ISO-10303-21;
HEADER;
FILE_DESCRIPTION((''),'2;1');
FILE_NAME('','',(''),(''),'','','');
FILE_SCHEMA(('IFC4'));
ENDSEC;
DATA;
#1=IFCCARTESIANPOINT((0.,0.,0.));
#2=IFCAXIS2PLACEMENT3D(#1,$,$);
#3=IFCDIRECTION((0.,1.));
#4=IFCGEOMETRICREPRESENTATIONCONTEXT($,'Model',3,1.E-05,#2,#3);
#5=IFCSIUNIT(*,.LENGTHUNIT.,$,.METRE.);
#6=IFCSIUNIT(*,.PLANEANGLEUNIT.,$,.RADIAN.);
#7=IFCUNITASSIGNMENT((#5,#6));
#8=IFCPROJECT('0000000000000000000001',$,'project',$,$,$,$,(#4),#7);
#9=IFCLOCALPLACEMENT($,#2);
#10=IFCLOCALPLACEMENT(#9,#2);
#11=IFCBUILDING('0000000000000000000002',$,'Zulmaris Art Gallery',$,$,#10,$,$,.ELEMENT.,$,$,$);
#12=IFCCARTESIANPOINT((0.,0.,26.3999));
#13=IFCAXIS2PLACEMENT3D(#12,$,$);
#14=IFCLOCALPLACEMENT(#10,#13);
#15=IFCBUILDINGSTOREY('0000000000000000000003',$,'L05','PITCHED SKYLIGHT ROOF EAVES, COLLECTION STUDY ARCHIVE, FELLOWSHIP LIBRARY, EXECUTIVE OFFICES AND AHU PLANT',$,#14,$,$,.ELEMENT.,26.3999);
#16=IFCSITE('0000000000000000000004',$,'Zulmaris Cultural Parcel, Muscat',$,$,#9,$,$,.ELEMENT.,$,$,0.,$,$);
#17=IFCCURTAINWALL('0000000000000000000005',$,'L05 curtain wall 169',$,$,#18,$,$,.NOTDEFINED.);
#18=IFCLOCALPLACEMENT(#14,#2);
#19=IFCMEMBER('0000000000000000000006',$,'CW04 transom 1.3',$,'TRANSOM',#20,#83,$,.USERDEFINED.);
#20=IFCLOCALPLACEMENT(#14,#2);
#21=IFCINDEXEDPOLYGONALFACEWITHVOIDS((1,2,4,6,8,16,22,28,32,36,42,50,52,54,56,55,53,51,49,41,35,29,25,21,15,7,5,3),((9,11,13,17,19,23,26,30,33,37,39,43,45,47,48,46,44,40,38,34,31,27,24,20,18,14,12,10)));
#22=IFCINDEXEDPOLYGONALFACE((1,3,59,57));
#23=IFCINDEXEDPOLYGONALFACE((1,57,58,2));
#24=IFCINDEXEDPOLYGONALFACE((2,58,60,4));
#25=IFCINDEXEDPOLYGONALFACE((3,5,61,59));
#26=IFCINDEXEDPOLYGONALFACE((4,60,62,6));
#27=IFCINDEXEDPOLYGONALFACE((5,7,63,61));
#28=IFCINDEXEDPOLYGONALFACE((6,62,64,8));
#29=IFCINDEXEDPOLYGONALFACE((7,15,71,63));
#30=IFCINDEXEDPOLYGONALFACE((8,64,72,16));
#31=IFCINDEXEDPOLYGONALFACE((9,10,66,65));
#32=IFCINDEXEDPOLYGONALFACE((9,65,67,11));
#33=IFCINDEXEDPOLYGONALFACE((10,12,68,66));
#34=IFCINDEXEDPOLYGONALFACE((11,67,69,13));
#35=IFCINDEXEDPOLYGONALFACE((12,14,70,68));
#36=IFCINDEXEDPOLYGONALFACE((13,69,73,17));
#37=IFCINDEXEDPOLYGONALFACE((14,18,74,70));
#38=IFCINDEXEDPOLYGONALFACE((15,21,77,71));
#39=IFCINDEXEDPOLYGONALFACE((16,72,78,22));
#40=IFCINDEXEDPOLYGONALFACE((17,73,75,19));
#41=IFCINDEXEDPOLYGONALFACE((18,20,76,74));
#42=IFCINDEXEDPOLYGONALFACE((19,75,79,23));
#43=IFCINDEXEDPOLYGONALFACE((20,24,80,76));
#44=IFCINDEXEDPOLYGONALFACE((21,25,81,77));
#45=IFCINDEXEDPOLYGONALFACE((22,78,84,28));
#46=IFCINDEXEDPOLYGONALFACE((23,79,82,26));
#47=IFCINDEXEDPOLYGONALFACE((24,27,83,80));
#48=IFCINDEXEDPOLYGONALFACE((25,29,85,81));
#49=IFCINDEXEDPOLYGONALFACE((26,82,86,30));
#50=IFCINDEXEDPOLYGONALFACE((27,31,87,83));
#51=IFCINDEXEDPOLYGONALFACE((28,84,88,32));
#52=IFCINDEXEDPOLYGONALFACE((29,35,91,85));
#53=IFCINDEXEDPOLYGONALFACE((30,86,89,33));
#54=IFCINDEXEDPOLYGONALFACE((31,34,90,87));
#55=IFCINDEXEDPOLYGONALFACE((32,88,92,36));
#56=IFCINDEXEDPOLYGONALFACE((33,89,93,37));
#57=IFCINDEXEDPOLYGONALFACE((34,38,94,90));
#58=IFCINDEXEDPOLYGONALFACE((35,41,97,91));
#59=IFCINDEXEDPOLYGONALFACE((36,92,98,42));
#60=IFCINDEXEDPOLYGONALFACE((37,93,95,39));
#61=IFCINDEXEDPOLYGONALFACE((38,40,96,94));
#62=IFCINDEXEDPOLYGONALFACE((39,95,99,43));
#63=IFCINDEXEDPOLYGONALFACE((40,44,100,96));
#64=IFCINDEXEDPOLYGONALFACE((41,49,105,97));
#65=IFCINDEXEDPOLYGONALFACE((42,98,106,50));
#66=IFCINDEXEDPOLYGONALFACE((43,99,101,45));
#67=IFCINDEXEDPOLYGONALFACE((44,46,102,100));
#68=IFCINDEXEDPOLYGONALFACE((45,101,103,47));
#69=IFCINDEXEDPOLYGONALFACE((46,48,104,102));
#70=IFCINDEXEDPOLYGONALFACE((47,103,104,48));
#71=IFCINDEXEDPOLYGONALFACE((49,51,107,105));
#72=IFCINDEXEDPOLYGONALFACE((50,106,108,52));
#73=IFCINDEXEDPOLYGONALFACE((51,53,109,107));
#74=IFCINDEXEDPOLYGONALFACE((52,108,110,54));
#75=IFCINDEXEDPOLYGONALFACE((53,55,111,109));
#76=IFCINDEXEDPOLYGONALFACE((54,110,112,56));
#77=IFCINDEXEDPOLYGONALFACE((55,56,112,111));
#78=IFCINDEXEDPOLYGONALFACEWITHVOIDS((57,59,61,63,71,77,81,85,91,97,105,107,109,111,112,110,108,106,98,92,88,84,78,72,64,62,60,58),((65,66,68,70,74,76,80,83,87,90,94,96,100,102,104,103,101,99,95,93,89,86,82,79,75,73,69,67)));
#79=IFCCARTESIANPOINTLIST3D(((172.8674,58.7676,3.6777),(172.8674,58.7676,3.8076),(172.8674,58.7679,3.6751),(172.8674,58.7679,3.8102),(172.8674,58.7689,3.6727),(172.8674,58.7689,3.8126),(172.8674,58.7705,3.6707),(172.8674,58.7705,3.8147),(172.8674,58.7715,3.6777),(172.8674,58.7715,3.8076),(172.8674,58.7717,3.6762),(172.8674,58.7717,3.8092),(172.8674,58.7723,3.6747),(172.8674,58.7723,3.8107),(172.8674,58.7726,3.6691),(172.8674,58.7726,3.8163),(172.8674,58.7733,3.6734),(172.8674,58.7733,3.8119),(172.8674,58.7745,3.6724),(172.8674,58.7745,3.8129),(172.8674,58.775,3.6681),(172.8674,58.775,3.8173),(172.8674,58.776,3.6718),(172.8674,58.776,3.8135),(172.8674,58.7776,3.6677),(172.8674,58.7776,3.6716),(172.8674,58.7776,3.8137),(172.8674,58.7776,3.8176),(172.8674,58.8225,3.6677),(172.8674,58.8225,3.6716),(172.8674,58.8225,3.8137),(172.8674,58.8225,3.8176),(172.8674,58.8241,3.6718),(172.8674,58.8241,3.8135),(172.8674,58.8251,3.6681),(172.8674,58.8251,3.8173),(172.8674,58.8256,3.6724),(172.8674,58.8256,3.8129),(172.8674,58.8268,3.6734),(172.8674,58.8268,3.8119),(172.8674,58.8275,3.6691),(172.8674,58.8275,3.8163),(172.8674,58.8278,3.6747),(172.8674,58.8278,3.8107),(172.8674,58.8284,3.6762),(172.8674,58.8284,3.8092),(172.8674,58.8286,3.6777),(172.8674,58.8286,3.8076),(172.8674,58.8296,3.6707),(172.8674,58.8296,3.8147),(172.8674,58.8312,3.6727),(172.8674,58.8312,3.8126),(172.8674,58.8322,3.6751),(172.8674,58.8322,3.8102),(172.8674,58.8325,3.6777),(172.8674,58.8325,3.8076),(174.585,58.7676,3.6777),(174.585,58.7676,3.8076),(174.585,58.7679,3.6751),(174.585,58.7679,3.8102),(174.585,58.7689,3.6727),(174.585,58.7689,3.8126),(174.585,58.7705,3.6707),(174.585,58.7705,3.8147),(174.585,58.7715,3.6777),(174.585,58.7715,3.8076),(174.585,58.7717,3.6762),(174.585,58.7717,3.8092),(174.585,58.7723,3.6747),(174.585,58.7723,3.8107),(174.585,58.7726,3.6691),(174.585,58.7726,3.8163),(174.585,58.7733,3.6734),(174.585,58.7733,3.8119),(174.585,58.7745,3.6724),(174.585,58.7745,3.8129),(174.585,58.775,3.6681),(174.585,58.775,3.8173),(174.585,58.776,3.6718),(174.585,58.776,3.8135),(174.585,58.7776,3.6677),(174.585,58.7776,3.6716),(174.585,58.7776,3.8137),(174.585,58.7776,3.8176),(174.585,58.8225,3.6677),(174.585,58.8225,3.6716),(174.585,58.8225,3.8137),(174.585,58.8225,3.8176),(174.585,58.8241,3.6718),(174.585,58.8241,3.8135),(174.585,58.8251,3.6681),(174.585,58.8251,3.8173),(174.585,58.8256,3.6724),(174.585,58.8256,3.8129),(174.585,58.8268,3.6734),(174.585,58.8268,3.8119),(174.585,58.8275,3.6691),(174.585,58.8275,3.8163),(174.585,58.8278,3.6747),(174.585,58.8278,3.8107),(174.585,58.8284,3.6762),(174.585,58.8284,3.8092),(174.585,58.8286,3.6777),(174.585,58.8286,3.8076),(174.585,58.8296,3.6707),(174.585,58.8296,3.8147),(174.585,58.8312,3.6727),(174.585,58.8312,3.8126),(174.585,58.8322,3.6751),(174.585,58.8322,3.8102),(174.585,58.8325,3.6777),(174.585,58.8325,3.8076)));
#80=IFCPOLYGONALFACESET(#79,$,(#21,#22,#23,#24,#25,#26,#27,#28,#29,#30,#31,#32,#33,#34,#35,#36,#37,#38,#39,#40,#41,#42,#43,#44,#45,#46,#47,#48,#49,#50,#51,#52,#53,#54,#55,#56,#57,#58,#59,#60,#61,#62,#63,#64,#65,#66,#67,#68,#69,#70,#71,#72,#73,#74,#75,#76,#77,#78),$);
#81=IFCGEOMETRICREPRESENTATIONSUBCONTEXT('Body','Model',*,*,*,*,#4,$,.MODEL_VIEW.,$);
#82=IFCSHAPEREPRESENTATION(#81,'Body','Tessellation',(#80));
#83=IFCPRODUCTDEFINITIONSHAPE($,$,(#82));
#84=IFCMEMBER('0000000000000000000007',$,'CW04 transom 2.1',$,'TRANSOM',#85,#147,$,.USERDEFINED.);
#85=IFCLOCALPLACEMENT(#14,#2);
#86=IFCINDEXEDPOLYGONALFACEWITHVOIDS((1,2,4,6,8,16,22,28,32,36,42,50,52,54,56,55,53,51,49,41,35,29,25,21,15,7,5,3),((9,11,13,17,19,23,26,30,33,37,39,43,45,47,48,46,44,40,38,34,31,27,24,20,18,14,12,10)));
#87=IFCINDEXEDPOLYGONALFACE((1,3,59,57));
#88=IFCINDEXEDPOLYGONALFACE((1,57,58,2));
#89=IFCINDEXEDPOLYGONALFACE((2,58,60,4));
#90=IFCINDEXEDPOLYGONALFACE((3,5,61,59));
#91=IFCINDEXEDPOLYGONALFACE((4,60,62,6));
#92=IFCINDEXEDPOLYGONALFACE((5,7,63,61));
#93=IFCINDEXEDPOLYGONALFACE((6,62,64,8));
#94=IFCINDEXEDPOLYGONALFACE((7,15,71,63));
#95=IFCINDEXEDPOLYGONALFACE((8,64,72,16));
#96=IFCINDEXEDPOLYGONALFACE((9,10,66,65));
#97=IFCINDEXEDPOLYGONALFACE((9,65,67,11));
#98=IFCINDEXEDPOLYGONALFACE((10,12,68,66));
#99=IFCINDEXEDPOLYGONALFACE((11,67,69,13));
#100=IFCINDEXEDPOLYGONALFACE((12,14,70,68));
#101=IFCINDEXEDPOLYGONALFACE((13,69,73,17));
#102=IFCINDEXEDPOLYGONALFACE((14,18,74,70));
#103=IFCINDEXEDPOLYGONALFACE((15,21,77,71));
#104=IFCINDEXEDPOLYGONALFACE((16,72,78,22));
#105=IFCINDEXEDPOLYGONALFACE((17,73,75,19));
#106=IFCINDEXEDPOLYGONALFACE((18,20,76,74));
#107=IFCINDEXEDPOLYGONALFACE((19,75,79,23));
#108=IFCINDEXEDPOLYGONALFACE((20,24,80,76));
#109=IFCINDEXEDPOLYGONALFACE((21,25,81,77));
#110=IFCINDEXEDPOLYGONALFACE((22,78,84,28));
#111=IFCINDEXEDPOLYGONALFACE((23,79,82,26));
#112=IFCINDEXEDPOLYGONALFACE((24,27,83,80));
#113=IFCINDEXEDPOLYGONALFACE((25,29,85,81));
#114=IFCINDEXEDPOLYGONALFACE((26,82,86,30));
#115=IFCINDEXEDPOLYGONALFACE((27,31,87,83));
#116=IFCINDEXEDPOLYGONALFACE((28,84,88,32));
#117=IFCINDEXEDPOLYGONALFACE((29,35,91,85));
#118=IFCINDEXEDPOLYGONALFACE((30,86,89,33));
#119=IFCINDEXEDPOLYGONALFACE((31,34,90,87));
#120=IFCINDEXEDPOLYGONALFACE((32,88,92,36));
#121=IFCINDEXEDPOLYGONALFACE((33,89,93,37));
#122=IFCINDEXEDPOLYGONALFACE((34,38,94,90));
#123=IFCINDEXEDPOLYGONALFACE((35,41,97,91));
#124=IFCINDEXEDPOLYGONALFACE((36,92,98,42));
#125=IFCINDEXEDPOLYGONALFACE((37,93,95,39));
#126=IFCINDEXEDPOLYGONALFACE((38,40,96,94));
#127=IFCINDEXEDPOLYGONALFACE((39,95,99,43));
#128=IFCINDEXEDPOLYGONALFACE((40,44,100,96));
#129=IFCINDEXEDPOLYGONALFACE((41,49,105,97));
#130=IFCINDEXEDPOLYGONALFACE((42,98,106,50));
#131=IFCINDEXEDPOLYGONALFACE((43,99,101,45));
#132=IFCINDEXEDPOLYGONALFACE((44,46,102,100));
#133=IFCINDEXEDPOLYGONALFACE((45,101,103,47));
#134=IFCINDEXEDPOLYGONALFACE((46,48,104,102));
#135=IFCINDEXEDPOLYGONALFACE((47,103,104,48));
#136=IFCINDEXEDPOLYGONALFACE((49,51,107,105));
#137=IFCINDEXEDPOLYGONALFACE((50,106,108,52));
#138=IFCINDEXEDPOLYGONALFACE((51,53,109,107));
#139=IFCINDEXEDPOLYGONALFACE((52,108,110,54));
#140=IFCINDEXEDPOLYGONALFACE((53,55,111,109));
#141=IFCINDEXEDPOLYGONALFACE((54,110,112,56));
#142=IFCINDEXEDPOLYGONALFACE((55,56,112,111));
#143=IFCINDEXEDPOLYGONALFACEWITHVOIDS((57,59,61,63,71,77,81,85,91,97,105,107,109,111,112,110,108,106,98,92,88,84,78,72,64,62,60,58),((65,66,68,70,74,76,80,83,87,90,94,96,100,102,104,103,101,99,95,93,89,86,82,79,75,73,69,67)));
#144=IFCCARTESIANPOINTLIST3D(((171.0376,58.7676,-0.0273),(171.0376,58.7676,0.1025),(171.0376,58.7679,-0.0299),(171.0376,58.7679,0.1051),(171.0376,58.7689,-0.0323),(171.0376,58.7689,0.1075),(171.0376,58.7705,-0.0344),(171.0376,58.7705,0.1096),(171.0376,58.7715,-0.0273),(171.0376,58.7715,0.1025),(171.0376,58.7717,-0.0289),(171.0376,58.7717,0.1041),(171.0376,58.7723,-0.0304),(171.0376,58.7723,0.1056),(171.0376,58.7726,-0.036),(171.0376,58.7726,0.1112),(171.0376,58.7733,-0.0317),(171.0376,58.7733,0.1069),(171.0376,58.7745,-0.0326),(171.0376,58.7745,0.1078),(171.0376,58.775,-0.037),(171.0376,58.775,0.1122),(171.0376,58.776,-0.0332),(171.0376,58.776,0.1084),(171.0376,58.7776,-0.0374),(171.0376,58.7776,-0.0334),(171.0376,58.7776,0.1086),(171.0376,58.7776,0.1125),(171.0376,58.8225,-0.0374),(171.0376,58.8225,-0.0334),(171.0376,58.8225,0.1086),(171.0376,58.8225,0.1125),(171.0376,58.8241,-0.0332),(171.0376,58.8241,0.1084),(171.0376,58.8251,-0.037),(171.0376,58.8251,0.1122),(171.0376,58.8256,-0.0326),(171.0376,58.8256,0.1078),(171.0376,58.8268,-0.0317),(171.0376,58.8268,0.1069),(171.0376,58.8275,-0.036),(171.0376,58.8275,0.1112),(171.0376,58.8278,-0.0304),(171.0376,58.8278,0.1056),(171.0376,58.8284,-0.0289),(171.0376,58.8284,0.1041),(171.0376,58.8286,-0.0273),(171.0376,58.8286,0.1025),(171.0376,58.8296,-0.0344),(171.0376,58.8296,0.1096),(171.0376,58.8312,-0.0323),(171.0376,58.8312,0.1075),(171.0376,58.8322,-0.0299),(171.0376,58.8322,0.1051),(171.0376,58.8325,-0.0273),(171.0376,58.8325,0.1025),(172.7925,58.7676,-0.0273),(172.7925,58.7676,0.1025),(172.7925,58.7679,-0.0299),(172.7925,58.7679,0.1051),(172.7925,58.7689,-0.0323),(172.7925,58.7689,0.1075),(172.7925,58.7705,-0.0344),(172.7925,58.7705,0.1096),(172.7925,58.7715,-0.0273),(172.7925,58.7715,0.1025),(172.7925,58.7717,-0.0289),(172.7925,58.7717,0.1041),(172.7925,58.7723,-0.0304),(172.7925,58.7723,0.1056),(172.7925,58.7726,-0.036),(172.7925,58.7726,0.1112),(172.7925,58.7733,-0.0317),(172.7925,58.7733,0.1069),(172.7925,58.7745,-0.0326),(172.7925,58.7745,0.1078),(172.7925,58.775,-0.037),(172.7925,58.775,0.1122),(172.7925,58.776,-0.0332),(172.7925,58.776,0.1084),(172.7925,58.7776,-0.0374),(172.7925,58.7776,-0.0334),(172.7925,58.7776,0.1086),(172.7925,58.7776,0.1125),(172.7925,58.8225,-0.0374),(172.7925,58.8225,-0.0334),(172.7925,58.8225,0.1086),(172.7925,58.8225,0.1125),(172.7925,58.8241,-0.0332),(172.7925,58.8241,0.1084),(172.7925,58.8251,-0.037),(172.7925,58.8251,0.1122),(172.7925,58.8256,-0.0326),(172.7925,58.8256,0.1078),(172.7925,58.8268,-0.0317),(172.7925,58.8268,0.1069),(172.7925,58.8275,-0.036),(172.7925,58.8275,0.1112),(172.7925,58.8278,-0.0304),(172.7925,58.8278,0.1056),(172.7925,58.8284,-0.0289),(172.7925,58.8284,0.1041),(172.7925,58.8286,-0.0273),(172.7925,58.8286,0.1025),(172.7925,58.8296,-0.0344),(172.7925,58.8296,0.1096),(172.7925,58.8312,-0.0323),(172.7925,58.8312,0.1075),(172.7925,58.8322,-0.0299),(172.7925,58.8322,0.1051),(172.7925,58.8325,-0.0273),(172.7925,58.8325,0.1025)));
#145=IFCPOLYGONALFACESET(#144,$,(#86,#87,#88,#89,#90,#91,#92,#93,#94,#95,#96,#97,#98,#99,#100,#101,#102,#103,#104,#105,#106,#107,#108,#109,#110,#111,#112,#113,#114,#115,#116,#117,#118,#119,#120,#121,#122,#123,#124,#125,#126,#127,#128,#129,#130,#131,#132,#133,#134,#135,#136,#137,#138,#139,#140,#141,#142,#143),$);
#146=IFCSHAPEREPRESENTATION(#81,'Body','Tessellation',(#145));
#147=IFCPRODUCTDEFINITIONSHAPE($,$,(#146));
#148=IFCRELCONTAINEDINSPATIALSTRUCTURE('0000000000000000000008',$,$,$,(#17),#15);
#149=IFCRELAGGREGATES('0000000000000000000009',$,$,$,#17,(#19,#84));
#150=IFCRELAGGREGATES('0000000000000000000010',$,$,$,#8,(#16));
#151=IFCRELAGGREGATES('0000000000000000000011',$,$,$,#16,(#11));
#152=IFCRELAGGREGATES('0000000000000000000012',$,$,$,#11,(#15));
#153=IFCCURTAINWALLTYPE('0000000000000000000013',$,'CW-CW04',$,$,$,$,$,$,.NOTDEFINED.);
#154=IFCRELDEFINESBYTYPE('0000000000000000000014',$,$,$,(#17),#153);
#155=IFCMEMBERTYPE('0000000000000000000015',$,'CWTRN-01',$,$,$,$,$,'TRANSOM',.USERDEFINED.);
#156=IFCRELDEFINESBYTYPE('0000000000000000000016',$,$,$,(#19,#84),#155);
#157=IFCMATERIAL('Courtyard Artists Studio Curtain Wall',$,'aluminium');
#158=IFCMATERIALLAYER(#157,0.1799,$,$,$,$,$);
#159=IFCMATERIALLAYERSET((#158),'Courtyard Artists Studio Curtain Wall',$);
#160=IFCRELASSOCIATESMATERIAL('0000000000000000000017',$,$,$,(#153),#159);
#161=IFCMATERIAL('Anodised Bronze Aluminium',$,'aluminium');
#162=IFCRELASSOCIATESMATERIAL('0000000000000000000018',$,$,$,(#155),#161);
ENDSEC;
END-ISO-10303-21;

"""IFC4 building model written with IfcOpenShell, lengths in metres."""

from ifc_helpers import new_model, si_unit, direction, frame, origin, origin_2d, place, context, subcontext, project, spatial, hollow_rectangle, extrude, material, layer, layer_set, material_profile, profile_set, type_object, element, aggregate, save


model = new_model("IFC4")

# Units and contexts
model_context = context("Model", 3, precision=1e-05, world=origin(), true_north=direction((0.0, 1.0)))
body_context = subcontext(model_context, "Body", "Model", "MODEL_VIEW")
ifc_project = project(units=[si_unit("LENGTHUNIT", "METRE"), si_unit("PLANEANGLEUNIT", "RADIAN")], contexts=[model_context])

# Site, building, storey
site_placement = place(None, origin())
site = spatial("IfcSite", under=ifc_project, at=site_placement, Name="Zulmaris Cultural Parcel, Muscat", CompositionType="ELEMENT", RefElevation=0.0)
building_placement = place(site_placement, origin())
building = spatial("IfcBuilding", under=site, at=building_placement, Name="Zulmaris Art Gallery", CompositionType="ELEMENT")
storey_placement = place(building_placement, frame((0.0, 0.0, 26.3999)))
storey = spatial("IfcBuildingStorey", under=building, at=storey_placement, Name="L05", Description="PITCHED SKYLIGHT ROOF EAVES, COLLECTION STUDY ARCHIVE, FELLOWSHIP LIBRARY, EXECUTIVE OFFICES AND AHU PLANT", CompositionType="ELEMENT", Elevation=26.3999)

# Curtain wall
ifc_material_1 = material(Name="Courtyard Artists Studio Curtain Wall", Category="aluminium")
ifc_layer_1 = layer(ifc_material_1, 0.1799)
ifc_layer_set_1 = layer_set([ifc_layer_1], Name="Courtyard Artists Studio Curtain Wall")
curtain_wall_type = type_object("IfcCurtainWallType", Name="CW-CW04", PredefinedType="NOTDEFINED", material=ifc_layer_set_1)
curtain_wall_1_placement = place(storey_placement, origin())
curtain_wall_1 = element("IfcCurtainWall", 1, at=curtain_wall_1_placement, inside=storey, type_object=curtain_wall_type, Name="L05 curtain wall 169", PredefinedType="NOTDEFINED")
ifc_material_2 = material(Name="Anodised Bronze Aluminium", Category="aluminium")

# Members
ifc_material_profile_1 = material_profile(ifc_material_2, hollow_rectangle(XDim=0.0649, YDim=0.1499, WallThickness=0.0039, InnerFilletRadius=0.0061, OuterFilletRadius=0.01, at=origin_2d()), Name="ALU 65x150x4")
ifc_profile_set_1 = profile_set([ifc_material_profile_1], Name="Anodised Bronze Aluminium")
member_type_1 = type_object("IfcMemberType", Name="CWTRN-01", ElementType="TRANSOM", PredefinedType="USERDEFINED", material=ifc_profile_set_1)
member_1_placement = place(storey_placement, frame((174.585, 58.8, 3.7427), z_axis=(-1.0, 0.0, 0.0), x_axis=(0.0, -1.0, 0.0)))
member_1 = element("IfcMember", 2, at=member_1_placement, type_object=member_type_1, Name="CW04 transom 1.3", ObjectType="TRANSOM", PredefinedType="USERDEFINED", context=body_context, shape_type="SweptSolid", body=[
    extrude(hollow_rectangle(XDim=0.0649, YDim=0.1499, WallThickness=0.0039, InnerFilletRadius=0.0061, OuterFilletRadius=0.01, at=origin_2d()), origin(), (0.0, 0.0, 1.0), 1.7175),
])
member_2_placement = place(storey_placement, frame((172.7925, 58.8, 0.0376), z_axis=(-1.0, 0.0, 0.0), x_axis=(0.0, -1.0, 0.0)))
member_2 = element("IfcMember", 3, at=member_2_placement, type_object=member_type_1, Name="CW04 transom 2.1", ObjectType="TRANSOM", PredefinedType="USERDEFINED", context=body_context, shape_type="SweptSolid", body=[
    extrude(hollow_rectangle(XDim=0.0649, YDim=0.1499, WallThickness=0.0039, InnerFilletRadius=0.0061, OuterFilletRadius=0.01, at=origin_2d()), origin(), (0.0, 0.0, 1.0), 1.7549),
])

aggregate(curtain_wall_1, [member_1, member_2])

save(model, "model.ifc")
